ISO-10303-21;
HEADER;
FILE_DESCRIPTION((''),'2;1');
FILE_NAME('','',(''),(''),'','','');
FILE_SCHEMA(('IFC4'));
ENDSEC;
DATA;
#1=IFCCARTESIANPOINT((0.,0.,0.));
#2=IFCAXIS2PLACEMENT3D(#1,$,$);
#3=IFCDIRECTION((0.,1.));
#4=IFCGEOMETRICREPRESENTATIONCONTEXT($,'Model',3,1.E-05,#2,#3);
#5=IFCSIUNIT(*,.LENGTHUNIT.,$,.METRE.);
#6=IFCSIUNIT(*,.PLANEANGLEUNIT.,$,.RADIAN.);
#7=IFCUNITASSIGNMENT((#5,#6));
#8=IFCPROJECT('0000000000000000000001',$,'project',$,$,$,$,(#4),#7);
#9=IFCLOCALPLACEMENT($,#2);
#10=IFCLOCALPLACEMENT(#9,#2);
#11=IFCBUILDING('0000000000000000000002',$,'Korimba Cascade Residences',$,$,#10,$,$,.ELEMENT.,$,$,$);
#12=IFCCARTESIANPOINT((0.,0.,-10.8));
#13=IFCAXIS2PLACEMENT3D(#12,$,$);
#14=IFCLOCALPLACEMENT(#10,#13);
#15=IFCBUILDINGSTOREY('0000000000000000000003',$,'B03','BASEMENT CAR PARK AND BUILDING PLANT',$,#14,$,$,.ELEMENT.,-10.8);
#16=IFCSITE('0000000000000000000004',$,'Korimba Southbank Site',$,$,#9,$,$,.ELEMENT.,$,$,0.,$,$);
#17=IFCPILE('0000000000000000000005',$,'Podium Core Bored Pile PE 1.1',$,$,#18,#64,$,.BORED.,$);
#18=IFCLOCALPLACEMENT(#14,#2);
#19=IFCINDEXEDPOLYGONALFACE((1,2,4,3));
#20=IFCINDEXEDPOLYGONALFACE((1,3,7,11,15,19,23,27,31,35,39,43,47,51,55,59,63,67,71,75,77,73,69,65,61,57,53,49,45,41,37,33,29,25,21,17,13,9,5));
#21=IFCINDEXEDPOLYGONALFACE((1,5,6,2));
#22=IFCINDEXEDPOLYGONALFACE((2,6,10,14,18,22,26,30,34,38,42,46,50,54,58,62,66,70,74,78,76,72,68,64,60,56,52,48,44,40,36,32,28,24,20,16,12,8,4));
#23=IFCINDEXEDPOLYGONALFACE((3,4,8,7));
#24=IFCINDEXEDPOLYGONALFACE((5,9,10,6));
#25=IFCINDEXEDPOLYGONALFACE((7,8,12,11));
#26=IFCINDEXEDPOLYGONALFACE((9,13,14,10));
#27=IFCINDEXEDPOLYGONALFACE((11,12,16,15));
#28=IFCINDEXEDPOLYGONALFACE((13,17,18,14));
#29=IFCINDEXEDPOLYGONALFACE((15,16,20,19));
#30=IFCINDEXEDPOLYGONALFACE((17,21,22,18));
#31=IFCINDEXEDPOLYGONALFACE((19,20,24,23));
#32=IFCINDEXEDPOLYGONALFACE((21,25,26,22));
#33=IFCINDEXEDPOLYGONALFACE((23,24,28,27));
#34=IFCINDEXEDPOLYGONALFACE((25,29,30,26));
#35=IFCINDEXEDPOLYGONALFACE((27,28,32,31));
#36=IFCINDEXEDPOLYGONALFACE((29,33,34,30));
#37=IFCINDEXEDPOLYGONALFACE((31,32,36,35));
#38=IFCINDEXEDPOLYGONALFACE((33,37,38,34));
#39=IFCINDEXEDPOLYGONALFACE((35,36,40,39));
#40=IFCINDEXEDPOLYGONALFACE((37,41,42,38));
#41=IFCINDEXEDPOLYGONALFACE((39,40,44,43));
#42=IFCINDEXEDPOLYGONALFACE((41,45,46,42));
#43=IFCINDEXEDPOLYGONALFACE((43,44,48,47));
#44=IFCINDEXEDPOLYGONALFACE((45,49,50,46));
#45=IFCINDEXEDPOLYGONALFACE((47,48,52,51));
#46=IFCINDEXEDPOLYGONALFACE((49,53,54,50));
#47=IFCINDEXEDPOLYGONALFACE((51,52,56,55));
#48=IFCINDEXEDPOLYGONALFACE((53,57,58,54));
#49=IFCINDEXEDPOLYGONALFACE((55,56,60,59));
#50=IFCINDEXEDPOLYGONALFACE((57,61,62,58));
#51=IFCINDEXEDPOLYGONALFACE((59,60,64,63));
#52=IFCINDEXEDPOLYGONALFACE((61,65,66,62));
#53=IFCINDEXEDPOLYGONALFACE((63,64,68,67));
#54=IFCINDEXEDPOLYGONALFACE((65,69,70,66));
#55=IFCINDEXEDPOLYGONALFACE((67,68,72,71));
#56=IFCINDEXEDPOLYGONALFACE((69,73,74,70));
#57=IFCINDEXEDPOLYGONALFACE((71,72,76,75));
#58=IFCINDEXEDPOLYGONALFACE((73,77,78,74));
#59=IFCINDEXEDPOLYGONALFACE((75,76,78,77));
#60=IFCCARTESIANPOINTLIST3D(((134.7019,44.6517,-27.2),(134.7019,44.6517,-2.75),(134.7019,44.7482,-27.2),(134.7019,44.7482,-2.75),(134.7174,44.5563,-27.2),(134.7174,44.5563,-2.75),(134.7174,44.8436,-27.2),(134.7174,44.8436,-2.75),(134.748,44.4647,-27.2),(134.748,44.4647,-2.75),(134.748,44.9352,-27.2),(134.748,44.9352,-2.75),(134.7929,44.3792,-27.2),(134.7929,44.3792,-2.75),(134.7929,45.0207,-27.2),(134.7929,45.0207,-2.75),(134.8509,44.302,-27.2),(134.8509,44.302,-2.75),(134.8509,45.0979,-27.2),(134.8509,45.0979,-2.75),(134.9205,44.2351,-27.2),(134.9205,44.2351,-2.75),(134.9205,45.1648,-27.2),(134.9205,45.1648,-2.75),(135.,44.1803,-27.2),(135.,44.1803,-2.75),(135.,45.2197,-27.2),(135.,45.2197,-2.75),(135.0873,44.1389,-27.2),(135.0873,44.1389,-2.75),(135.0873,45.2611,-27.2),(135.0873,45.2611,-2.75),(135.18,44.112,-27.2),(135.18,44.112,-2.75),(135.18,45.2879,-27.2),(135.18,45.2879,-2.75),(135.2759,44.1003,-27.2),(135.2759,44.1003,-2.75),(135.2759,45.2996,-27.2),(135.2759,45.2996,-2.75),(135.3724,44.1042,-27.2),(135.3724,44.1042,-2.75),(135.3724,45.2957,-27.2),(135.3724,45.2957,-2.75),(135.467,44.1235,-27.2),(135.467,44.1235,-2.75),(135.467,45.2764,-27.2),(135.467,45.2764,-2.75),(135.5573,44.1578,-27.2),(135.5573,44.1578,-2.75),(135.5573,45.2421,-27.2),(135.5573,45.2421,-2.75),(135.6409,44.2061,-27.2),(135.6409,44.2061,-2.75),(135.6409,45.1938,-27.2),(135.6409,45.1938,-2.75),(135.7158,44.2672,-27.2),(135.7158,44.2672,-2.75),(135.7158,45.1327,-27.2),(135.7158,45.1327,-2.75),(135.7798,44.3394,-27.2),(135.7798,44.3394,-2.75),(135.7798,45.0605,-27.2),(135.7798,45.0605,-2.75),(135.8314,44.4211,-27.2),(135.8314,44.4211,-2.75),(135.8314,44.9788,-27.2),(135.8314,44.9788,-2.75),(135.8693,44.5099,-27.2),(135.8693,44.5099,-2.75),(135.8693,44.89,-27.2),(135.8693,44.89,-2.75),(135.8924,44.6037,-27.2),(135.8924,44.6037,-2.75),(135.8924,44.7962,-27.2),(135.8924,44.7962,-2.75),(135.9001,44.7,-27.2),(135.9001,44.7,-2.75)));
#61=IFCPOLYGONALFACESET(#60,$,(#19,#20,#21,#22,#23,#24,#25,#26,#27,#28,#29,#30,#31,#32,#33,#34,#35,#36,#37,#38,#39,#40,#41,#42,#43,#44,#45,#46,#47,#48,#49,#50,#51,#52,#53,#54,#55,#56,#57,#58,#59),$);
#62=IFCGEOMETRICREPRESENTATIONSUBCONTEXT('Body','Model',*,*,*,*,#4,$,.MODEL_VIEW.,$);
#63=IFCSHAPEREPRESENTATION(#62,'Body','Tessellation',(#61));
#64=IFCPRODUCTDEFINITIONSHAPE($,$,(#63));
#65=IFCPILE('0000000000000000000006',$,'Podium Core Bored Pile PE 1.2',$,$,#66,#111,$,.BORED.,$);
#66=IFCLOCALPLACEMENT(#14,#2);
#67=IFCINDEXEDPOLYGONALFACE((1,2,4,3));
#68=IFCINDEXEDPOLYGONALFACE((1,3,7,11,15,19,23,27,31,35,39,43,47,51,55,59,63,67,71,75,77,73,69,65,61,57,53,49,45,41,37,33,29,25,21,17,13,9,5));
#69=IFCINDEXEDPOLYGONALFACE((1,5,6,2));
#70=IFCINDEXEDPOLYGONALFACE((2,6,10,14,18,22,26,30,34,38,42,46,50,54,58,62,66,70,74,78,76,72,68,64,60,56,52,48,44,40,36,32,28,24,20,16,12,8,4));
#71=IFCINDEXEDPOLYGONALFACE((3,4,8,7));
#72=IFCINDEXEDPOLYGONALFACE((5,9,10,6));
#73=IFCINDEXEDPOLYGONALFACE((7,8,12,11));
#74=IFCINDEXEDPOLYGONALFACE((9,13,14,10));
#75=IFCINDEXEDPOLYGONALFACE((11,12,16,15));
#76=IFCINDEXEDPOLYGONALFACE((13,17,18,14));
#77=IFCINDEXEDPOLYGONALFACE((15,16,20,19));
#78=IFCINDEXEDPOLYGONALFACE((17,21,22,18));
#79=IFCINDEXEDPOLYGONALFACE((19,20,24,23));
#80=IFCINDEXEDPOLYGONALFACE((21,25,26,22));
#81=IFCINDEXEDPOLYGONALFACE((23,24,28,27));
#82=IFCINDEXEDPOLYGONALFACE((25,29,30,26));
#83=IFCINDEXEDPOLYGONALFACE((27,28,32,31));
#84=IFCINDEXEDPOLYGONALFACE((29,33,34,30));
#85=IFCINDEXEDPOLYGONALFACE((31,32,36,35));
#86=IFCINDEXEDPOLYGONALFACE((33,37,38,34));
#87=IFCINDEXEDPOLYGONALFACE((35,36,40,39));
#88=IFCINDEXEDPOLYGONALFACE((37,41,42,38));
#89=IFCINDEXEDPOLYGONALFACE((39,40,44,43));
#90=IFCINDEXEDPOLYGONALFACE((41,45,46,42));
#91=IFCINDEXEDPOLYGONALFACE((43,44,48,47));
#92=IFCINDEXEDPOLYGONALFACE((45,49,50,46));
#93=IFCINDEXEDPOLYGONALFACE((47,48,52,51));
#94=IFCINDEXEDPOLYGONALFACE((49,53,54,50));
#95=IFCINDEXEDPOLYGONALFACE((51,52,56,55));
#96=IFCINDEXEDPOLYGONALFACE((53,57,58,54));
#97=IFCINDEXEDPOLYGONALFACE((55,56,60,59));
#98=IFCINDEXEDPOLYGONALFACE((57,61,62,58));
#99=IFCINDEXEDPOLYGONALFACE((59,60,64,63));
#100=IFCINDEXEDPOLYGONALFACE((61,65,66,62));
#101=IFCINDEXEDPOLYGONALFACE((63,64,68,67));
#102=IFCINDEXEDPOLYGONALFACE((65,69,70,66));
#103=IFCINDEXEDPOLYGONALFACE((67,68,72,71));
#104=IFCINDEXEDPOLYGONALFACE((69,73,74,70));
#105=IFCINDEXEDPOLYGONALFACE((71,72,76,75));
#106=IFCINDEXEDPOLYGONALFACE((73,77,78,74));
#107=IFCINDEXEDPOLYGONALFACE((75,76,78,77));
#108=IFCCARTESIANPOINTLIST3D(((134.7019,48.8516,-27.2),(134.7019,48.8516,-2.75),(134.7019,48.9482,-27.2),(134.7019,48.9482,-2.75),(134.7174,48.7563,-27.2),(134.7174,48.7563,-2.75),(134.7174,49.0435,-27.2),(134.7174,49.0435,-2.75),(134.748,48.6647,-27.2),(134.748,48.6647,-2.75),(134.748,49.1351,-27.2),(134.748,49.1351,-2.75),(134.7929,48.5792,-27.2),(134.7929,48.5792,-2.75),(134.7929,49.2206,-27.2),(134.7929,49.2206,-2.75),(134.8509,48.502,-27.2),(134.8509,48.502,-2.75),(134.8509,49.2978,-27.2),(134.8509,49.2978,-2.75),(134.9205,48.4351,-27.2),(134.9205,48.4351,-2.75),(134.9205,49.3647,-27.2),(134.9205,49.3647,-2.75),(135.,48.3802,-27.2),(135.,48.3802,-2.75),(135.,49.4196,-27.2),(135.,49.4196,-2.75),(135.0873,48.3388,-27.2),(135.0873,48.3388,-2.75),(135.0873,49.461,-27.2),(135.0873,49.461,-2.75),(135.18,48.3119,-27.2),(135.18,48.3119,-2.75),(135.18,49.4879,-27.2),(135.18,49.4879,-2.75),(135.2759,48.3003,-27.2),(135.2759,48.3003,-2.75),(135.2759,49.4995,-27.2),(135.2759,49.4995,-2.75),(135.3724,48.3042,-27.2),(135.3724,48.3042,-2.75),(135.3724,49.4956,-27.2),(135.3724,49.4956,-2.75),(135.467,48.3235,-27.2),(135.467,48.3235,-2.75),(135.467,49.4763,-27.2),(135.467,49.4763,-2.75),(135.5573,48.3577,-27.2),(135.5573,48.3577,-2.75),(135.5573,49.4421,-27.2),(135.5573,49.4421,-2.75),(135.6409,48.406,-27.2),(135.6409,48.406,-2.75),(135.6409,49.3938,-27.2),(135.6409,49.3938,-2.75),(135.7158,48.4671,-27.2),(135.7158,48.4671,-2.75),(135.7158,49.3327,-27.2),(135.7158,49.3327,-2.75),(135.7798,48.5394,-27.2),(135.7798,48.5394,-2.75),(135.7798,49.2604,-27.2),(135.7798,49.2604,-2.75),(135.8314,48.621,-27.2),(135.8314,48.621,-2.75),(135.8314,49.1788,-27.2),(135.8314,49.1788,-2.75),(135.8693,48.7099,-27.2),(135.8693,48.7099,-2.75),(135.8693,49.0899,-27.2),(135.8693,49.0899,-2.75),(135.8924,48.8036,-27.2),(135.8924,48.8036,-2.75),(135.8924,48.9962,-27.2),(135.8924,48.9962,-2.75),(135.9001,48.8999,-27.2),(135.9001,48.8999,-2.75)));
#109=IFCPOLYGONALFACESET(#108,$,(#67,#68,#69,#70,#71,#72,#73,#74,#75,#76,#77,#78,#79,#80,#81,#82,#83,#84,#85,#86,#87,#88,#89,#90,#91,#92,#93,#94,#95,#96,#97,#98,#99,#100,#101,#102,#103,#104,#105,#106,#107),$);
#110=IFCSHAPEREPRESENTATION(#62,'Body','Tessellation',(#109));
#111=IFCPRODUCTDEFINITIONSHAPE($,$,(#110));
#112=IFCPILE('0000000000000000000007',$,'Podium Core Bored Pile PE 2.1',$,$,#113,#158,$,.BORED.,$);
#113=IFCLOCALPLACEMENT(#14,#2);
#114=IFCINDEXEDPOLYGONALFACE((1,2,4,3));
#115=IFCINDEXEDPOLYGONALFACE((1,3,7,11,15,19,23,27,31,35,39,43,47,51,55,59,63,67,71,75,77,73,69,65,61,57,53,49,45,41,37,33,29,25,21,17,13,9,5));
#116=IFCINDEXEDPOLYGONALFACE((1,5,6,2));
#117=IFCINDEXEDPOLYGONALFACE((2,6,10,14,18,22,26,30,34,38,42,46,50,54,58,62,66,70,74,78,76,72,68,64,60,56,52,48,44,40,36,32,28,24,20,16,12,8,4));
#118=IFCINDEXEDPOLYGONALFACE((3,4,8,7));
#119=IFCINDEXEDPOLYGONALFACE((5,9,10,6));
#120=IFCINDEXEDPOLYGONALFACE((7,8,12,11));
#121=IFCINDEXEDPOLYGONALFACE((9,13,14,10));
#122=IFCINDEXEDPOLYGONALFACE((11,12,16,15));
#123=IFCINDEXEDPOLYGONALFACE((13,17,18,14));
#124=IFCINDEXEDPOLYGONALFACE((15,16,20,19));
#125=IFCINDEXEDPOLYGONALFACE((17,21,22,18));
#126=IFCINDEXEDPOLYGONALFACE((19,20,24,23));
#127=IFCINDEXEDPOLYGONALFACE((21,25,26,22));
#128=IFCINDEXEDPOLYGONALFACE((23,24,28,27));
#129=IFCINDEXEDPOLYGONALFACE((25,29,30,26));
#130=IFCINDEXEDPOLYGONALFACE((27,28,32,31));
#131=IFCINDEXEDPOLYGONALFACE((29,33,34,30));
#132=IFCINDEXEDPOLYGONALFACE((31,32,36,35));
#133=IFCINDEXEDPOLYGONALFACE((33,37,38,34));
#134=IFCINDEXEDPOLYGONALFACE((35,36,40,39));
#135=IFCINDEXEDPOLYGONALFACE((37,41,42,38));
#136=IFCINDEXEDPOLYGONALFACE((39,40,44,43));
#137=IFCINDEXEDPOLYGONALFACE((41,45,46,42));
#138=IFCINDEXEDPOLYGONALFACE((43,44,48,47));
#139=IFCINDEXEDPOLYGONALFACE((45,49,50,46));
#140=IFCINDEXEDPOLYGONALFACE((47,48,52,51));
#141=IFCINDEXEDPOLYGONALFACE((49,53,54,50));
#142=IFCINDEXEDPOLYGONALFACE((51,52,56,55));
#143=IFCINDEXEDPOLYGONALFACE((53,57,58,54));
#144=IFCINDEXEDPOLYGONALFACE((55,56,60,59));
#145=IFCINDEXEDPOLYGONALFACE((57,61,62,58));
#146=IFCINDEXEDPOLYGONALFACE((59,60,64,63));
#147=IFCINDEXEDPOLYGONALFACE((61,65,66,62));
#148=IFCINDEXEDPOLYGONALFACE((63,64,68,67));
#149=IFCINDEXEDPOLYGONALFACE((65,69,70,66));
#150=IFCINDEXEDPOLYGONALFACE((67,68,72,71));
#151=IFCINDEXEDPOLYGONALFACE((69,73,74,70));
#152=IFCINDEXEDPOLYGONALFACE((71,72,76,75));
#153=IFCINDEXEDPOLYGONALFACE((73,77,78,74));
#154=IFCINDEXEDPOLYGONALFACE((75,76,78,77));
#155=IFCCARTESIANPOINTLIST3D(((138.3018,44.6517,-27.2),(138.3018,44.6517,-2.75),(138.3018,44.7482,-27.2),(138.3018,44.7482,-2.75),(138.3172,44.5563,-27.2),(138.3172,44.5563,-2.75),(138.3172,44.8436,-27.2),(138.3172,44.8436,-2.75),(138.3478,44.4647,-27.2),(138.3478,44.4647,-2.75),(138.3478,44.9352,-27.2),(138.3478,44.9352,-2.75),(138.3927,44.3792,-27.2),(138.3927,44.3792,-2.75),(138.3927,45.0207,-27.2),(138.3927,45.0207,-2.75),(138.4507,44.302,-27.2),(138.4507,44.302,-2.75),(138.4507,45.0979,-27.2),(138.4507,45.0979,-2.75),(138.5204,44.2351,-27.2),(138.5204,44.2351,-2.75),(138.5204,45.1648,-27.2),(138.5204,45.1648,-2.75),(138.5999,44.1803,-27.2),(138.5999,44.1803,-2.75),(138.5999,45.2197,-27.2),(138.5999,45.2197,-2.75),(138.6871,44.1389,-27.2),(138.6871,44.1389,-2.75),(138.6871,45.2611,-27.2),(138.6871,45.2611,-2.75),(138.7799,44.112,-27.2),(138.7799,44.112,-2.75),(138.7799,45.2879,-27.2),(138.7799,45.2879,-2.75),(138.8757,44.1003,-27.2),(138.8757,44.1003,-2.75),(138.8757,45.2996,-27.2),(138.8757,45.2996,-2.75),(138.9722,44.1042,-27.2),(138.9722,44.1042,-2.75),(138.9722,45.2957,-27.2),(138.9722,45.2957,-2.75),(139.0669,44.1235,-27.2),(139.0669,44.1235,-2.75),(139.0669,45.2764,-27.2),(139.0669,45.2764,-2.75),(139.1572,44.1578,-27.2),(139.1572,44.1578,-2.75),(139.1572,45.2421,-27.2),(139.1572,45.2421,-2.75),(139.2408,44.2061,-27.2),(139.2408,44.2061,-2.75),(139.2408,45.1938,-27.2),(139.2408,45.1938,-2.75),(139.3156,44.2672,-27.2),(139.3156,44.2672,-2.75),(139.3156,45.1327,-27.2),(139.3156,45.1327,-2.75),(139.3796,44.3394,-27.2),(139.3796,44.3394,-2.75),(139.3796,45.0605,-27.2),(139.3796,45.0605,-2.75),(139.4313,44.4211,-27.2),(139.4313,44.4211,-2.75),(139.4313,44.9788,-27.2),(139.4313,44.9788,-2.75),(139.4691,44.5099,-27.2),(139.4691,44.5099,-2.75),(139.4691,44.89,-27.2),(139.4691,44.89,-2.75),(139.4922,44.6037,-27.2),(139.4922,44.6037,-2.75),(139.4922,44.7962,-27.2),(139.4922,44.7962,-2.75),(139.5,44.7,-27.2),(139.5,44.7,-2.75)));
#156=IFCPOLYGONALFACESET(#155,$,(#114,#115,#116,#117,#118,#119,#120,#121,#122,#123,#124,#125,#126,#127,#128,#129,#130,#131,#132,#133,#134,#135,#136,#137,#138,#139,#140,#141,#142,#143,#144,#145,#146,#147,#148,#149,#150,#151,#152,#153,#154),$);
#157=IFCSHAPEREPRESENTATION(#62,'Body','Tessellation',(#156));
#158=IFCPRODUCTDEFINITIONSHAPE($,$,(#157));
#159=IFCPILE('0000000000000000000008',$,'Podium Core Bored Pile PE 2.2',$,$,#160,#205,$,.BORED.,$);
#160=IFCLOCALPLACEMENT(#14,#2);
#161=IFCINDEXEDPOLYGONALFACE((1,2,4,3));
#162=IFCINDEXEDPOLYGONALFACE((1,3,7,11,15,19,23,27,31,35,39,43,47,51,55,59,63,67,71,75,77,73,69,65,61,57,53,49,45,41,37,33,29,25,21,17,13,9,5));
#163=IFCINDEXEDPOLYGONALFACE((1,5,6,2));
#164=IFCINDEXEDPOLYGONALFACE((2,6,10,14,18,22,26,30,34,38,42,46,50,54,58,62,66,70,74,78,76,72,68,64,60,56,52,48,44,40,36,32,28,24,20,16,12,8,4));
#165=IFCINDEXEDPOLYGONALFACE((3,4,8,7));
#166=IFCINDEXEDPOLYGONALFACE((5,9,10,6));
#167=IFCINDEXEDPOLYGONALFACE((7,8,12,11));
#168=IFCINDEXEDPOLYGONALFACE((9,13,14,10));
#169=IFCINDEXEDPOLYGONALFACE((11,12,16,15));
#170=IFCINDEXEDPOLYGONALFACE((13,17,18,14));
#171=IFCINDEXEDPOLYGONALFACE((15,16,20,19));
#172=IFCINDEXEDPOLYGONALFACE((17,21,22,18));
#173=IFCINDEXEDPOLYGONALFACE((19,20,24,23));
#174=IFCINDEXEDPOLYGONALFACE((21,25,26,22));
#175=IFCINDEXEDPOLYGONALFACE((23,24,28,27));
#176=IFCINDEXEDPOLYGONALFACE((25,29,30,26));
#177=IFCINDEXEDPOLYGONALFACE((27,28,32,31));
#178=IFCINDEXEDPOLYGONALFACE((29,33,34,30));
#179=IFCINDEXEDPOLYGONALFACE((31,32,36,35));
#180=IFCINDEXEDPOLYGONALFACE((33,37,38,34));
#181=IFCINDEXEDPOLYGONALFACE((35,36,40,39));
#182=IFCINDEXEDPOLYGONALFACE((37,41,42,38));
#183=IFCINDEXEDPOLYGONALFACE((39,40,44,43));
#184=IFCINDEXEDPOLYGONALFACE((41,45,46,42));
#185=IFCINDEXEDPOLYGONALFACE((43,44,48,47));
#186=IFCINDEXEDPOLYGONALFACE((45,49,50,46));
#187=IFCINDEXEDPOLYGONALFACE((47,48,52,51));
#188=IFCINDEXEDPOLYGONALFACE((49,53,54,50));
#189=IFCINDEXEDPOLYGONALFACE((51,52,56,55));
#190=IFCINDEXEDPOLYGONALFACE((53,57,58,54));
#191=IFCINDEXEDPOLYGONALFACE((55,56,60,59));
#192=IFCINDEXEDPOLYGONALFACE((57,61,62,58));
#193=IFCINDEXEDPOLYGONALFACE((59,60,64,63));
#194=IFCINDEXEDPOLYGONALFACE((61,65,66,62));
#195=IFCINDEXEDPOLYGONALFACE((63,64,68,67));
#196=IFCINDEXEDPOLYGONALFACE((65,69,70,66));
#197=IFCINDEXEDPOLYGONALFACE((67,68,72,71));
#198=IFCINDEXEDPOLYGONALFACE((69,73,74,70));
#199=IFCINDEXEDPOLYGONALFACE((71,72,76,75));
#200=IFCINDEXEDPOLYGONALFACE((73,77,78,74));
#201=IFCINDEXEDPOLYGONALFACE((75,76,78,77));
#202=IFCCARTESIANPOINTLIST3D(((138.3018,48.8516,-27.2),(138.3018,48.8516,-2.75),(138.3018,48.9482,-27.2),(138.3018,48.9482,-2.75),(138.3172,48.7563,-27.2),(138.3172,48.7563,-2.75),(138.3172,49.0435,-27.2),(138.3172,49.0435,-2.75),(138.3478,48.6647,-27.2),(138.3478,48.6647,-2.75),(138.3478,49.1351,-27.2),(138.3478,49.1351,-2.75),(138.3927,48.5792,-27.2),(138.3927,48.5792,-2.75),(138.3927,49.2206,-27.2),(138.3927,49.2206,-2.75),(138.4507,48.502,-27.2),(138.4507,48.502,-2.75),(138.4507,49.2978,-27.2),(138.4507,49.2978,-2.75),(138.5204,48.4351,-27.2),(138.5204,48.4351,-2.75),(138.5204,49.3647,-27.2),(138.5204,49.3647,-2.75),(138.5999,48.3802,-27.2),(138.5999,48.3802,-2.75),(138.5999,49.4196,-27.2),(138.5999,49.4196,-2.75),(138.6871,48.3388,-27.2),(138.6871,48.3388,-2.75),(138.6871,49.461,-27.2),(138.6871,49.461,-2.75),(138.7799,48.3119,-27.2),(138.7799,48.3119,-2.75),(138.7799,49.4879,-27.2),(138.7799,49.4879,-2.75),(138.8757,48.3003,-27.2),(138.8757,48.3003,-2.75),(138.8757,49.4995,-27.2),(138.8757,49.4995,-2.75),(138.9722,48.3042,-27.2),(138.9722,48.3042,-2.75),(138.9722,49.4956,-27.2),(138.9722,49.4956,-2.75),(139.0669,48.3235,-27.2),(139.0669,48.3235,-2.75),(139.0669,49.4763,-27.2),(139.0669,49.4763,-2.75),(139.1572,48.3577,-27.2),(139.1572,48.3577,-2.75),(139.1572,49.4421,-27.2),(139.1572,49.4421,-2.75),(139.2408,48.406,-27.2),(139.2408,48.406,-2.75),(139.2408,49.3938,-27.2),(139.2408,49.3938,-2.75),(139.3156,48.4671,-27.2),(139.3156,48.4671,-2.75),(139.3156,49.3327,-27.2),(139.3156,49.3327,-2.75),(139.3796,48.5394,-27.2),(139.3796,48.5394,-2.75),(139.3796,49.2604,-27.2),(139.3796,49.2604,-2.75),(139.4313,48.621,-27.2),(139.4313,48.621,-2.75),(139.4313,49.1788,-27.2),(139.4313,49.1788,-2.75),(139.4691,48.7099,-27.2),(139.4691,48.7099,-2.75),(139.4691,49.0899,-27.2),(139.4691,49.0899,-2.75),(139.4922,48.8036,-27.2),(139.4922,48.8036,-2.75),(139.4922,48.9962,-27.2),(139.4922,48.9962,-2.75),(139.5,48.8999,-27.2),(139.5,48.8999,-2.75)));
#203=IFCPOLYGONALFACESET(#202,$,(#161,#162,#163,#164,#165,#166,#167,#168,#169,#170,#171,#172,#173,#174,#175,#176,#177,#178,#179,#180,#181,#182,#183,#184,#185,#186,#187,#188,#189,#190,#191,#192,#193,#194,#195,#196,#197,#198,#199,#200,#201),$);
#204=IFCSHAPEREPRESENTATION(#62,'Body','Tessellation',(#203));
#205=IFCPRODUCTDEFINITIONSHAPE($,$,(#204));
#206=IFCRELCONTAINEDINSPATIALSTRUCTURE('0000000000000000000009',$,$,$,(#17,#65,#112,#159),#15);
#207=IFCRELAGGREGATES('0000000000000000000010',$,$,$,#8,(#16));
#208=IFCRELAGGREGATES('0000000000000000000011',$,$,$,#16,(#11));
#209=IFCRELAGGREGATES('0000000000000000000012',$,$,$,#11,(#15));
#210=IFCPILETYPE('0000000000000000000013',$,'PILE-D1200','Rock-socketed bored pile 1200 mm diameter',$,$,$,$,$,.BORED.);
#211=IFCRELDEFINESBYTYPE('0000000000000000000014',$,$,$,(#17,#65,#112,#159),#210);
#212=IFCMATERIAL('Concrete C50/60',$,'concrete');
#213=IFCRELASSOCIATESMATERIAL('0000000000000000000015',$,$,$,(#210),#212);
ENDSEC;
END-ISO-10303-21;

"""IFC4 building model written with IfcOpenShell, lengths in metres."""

from ifc_helpers import new_model, si_unit, direction, frame, origin, origin_2d, place, context, subcontext, project, spatial, circle, extrude, material, material_profile, profile_set, type_object, element, save


model = new_model("IFC4")

# Units and contexts
model_context = context("Model", 3, precision=1e-05, world=origin(), true_north=direction((0.0, 1.0)))
body_context = subcontext(model_context, "Body", "Model", "MODEL_VIEW")
ifc_project = project(units=[si_unit("LENGTHUNIT", "METRE"), si_unit("PLANEANGLEUNIT", "RADIAN")], contexts=[model_context])

# Site, building, storey
site_placement = place(None, origin())
site = spatial("IfcSite", under=ifc_project, at=site_placement, Name="Korimba Southbank Site", CompositionType="ELEMENT", RefElevation=0.0)
building_placement = place(site_placement, origin())
building = spatial("IfcBuilding", under=site, at=building_placement, Name="Korimba Cascade Residences", CompositionType="ELEMENT")
storey_placement = place(building_placement, frame((0.0, 0.0, -10.8)))
storey = spatial("IfcBuildingStorey", under=building, at=storey_placement, Name="B03", Description="BASEMENT CAR PARK AND BUILDING PLANT", CompositionType="ELEMENT", Elevation=-10.8)

# Piles
ifc_material_1 = material(Name="Concrete C50/60", Category="concrete")
ifc_material_profile_1 = material_profile(ifc_material_1, circle(Radius=0.6001, at=origin_2d()), Name="Concrete C50/60")
ifc_profile_set_1 = profile_set([ifc_material_profile_1], Name="Concrete C50/60")
pile_type = type_object("IfcPileType", Name="PILE-D1200", Description="Rock-socketed bored pile 1200 mm diameter", PredefinedType="BORED", material=ifc_profile_set_1)
for number, where, z_axis, x_axis, name in (
    (1, (135.3, 44.7, -2.75), (0.0, 0.0, -1.0), (1.0, 0.0, 0.0), "Podium Core Bored Pile PE 1.1"),
    (2, (135.3, 48.8999, -2.75), (0.0, 0.0, -1.0), (1.0, 0.0, 0.0), "Podium Core Bored Pile PE 1.2"),
    (3, (138.8999, 44.7, -2.75), (0.0, 0.0, -1.0), (1.0, 0.0, 0.0), "Podium Core Bored Pile PE 2.1"),
    (4, (138.8999, 48.8999, -2.75), (0.0, 0.0, -1.0), (1.0, 0.0, 0.0), "Podium Core Bored Pile PE 2.2"),
):
    element("IfcPile", number, at=place(storey_placement, frame(where, z_axis=z_axis, x_axis=x_axis)), inside=storey, type_object=pile_type, Name=name, PredefinedType="BORED", context=body_context, shape_type="SweptSolid", body=[
        extrude(circle(Radius=0.6001, at=origin_2d()), origin(), (0.0, 0.0, 1.0), 24.45),
    ])

save(model, "model.ifc")
